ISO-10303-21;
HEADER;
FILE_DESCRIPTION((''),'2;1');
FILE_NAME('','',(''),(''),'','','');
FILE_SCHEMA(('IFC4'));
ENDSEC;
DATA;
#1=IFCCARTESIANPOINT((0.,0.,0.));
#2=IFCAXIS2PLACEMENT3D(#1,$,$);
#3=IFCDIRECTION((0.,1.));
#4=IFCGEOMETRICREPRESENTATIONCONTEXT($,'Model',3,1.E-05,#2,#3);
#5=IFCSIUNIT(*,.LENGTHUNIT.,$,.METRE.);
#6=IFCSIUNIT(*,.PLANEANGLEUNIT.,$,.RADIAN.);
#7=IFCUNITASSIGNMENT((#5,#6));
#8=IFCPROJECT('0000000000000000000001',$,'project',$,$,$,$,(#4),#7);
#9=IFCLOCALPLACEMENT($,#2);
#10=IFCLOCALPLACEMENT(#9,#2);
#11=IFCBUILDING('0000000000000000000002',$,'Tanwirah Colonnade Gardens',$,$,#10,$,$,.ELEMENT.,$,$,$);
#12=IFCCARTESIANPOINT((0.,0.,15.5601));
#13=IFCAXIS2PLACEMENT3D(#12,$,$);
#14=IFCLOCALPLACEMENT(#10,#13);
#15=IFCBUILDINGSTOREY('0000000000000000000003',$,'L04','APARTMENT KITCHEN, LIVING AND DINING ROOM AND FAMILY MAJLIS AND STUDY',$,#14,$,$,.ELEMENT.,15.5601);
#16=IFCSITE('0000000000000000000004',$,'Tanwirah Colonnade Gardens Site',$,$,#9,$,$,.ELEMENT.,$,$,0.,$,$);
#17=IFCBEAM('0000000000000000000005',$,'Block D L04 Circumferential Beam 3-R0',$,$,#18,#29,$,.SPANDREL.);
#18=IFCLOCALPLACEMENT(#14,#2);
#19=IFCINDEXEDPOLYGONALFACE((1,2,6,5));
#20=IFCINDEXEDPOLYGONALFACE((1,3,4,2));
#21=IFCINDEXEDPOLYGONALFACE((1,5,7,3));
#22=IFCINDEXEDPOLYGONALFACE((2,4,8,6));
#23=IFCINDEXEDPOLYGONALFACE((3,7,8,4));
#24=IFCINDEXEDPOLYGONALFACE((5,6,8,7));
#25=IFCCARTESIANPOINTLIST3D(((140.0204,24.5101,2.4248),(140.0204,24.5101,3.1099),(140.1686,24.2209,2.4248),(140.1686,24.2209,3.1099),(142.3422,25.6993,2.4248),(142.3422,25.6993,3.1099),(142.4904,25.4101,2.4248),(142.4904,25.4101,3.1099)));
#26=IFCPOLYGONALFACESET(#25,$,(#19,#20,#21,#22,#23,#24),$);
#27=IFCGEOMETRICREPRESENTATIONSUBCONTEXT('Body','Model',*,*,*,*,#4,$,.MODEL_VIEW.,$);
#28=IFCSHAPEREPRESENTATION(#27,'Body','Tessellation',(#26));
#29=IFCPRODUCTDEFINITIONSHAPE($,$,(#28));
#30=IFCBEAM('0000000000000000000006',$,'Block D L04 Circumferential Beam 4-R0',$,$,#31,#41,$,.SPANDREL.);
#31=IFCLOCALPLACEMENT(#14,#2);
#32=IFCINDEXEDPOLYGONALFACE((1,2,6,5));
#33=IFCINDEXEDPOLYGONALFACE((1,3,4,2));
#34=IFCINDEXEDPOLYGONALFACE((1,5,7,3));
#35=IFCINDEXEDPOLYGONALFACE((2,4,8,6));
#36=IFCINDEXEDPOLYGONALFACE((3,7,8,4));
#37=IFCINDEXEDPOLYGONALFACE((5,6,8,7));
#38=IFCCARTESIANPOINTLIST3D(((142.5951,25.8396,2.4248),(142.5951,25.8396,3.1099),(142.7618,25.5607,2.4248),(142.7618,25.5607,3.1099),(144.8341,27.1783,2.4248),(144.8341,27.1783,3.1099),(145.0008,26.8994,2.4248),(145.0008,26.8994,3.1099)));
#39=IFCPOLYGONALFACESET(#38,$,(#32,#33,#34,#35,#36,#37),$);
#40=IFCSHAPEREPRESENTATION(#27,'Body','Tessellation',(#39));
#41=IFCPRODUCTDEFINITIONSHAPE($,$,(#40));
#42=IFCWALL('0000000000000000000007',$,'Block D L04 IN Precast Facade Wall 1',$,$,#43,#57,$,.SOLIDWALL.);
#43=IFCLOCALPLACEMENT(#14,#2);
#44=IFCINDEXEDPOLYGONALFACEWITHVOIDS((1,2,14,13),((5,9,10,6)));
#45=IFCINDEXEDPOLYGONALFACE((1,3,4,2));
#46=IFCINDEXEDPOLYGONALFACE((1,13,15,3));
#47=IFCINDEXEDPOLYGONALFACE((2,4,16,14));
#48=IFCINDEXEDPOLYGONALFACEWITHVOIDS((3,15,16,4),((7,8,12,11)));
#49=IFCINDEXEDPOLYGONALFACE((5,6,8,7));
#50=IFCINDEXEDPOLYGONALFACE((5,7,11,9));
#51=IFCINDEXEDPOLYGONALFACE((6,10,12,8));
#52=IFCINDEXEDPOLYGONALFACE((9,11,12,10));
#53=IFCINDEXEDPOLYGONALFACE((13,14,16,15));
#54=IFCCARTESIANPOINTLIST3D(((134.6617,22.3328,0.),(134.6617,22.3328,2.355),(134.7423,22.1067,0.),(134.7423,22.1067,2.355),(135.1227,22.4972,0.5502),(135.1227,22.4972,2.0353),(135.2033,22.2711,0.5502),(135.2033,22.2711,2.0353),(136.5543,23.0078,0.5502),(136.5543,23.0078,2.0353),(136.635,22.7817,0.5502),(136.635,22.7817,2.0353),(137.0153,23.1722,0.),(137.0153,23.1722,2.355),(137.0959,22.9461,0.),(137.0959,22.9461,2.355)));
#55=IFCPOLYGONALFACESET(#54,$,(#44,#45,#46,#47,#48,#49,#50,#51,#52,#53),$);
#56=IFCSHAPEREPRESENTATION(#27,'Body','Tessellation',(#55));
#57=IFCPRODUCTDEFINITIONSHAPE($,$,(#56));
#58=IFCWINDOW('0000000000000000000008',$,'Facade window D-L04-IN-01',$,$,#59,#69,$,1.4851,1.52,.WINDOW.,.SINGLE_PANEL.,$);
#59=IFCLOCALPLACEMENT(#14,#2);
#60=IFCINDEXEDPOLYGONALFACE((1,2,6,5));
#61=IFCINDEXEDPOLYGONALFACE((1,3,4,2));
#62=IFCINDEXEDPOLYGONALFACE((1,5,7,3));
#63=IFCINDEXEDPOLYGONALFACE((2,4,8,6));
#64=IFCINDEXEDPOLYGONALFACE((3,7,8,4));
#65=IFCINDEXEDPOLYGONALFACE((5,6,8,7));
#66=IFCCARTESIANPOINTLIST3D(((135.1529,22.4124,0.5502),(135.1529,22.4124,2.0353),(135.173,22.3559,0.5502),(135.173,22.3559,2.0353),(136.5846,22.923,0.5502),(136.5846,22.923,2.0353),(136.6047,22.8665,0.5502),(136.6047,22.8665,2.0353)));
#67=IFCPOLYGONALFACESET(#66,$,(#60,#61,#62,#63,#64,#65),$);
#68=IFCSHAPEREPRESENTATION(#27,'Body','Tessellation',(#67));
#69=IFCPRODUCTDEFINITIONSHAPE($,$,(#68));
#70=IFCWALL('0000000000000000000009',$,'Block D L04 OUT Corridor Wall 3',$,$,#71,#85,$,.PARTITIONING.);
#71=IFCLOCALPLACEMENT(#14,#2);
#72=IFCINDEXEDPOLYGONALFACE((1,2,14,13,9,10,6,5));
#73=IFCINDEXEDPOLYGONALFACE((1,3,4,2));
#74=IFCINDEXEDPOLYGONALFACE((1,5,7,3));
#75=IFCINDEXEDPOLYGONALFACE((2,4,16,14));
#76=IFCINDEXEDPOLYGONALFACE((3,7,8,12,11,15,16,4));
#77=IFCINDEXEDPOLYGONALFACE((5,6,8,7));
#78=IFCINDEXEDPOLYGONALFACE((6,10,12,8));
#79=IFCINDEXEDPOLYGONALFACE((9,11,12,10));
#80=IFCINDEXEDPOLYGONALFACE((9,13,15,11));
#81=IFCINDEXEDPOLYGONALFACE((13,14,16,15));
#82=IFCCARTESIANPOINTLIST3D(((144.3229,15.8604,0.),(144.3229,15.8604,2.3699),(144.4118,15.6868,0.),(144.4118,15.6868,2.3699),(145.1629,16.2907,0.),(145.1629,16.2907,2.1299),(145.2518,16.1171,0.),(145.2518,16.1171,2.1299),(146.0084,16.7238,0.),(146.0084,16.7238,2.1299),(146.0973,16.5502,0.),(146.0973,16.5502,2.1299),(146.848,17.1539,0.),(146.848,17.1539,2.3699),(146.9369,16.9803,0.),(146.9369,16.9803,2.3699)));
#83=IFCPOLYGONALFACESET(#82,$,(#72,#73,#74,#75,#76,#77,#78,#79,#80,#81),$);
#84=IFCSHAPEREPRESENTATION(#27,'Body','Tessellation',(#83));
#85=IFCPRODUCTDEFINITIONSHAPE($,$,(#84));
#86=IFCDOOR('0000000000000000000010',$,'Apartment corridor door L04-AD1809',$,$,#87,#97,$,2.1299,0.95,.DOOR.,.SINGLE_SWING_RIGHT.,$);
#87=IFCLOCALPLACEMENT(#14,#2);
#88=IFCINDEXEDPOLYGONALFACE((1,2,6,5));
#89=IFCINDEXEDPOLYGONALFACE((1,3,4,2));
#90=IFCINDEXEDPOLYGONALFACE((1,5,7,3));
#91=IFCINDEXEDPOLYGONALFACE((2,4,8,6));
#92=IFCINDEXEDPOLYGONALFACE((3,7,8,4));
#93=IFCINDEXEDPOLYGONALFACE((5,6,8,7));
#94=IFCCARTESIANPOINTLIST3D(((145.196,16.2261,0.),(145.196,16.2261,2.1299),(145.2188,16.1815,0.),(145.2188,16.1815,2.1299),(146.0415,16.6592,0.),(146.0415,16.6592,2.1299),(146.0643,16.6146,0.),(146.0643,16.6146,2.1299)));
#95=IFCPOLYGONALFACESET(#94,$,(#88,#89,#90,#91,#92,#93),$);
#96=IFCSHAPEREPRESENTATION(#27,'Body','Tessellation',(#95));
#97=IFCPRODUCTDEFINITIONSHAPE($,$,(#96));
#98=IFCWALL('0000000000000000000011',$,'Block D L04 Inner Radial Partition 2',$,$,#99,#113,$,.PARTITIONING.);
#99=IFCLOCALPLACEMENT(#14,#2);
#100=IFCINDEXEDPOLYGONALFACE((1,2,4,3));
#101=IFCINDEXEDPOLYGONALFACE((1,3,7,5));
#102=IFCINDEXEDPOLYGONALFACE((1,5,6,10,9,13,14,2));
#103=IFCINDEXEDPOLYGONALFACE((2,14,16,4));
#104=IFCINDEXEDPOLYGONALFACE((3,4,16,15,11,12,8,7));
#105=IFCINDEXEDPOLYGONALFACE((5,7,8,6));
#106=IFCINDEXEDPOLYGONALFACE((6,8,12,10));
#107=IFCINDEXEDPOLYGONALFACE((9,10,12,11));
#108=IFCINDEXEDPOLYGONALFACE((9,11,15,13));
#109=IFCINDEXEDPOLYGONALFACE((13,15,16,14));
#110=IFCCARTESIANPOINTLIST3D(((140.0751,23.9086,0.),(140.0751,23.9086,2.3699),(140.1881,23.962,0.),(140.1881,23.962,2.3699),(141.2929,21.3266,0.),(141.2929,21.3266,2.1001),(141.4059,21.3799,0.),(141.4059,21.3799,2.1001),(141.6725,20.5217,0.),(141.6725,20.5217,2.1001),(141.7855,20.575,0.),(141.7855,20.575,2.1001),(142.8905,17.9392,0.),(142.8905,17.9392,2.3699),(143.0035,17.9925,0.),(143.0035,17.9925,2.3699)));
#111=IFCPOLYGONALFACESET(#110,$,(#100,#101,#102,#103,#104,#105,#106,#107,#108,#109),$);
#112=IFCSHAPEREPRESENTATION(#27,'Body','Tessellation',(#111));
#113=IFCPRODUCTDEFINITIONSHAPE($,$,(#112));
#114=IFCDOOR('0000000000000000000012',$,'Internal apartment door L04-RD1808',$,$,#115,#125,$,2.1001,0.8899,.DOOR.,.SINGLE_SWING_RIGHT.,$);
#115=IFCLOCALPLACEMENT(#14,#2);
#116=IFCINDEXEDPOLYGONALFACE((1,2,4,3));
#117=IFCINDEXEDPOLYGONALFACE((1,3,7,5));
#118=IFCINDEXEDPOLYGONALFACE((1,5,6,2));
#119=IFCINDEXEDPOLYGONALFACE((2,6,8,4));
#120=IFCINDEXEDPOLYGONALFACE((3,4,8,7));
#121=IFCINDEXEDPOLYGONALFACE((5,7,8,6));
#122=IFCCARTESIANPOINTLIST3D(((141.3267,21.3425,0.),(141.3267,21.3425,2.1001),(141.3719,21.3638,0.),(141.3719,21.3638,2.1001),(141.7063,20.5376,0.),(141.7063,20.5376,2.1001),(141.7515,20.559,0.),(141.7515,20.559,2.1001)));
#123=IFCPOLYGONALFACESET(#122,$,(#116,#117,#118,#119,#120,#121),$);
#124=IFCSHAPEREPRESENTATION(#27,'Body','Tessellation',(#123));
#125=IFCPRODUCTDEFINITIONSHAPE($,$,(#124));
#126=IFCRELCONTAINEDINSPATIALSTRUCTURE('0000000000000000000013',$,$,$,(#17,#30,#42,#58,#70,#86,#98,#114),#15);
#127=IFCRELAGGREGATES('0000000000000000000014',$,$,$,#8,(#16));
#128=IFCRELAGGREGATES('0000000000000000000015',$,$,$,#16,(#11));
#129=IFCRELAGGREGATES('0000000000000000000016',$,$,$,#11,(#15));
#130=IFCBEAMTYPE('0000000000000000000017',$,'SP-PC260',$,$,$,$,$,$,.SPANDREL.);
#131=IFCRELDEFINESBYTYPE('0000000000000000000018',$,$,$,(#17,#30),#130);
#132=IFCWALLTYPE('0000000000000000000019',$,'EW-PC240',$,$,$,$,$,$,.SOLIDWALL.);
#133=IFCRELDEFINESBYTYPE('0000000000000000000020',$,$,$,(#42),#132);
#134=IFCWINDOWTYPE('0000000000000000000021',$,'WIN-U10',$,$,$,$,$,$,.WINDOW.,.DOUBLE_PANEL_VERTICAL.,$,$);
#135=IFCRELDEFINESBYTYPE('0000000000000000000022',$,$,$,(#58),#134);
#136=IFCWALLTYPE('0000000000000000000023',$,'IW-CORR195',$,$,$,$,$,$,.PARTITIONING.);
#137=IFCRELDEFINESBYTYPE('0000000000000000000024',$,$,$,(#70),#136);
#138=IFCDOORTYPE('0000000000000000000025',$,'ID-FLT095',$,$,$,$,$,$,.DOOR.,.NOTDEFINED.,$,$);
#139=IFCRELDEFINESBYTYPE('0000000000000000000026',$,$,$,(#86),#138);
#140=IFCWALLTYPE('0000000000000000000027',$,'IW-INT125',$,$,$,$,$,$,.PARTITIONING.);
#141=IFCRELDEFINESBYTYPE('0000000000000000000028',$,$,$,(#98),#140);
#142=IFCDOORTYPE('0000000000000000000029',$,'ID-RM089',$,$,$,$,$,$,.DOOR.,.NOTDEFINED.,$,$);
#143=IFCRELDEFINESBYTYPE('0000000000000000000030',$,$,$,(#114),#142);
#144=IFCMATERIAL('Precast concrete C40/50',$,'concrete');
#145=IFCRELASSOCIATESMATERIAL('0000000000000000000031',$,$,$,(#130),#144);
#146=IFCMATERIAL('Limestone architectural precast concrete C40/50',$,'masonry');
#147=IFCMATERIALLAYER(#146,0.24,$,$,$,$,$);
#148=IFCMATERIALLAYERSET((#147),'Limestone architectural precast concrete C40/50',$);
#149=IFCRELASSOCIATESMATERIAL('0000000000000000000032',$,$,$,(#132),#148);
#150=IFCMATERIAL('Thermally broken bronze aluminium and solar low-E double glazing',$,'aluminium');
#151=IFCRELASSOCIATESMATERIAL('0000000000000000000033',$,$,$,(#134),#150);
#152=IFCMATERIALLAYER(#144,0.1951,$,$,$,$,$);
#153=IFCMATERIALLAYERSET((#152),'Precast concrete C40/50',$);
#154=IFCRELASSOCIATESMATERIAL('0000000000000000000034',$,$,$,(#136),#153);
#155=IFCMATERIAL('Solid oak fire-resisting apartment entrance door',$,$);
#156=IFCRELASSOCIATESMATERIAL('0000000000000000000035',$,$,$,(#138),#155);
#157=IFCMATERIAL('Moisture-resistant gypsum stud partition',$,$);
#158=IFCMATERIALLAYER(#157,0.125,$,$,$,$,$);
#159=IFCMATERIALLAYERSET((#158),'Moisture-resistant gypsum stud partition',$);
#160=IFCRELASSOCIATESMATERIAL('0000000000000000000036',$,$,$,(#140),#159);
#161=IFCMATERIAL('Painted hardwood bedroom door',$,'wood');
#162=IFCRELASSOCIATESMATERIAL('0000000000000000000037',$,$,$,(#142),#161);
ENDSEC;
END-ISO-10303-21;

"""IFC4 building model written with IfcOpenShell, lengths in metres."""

from ifc_helpers import new_model, si_unit, direction, frame, frame_2d, origin, origin_2d, place, context, subcontext, project, spatial, rectangle, extrude, material, layer, layer_set, material_profile, profile_set, type_object, element, fill, save


model = new_model("IFC4")

# Units and contexts
model_context = context("Model", 3, precision=1e-05, world=origin(), true_north=direction((0.0, 1.0)))
body_context = subcontext(model_context, "Body", "Model", "MODEL_VIEW")
ifc_project = project(units=[si_unit("LENGTHUNIT", "METRE"), si_unit("PLANEANGLEUNIT", "RADIAN")], contexts=[model_context])

# Site, building, storey
site_placement = place(None, origin())
site = spatial("IfcSite", under=ifc_project, at=site_placement, Name="Tanwirah Colonnade Gardens Site", CompositionType="ELEMENT", RefElevation=0.0)
building_placement = place(site_placement, origin())
building = spatial("IfcBuilding", under=site, at=building_placement, Name="Tanwirah Colonnade Gardens", CompositionType="ELEMENT")
storey_placement = place(building_placement, frame((0.0, 0.0, 15.5601)))
storey = spatial("IfcBuildingStorey", under=building, at=storey_placement, Name="L04", Description="APARTMENT KITCHEN, LIVING AND DINING ROOM AND FAMILY MAJLIS AND STUDY", CompositionType="ELEMENT", Elevation=15.5601)

# Shared definitions
ifc_material_1 = material(Name="Precast concrete C40/50", Category="concrete")

# Beams
ifc_material_profile_1 = material_profile(ifc_material_1, rectangle(XDim=0.325, YDim=0.6851, at=origin_2d()), Name="PC-SP 325x685")
ifc_profile_set_1 = profile_set([ifc_material_profile_1], Name="Precast concrete C40/50")
beam_type_1 = type_object("IfcBeamType", Name="SP-PC260", PredefinedType="SPANDREL", material=ifc_profile_set_1)
for number, where, z_axis, x_axis, name in (
    (1, (140.0945, 24.3655, 2.7673), (0.890042, 0.455878, 0.0), (-0.455878, 0.890042, 0.0), "Block D L04 Circumferential Beam 3-R0"),
    (2, (142.6785, 25.7002, 2.7673), (0.858301, 0.513146, 0.0), (-0.513146, 0.858301, 0.0), "Block D L04 Circumferential Beam 4-R0"),
):
    element("IfcBeam", number, at=place(storey_placement, frame(where, z_axis=z_axis, x_axis=x_axis)), inside=storey, type_object=beam_type_1, Name=name, PredefinedType="SPANDREL", context=body_context, shape_type="SweptSolid", body=[
        extrude(rectangle(XDim=0.325, YDim=0.6851, at=origin_2d()), origin(), (0.0, 0.0, 1.0), 2.6086),
    ])

# Wall, opening, window
ifc_material_2 = material(Name="Limestone architectural precast concrete C40/50", Category="masonry")
ifc_layer_1 = layer(ifc_material_2, 0.24)
ifc_layer_set_1 = layer_set([ifc_layer_1], Name="Limestone architectural precast concrete C40/50")
wall_type_1 = type_object("IfcWallType", Name="EW-PC240", PredefinedType="SOLIDWALL", material=ifc_layer_set_1)
wall_1_placement = place(storey_placement, frame((134.7019, 22.2197, 0.0), z_axis=(0.0, 0.0, 1.0), x_axis=(0.941892, 0.335915, 0.0)))
wall_1 = element("IfcWall", 3, at=wall_1_placement, inside=storey, type_object=wall_type_1, Name="Block D L04 IN Precast Facade Wall 1", PredefinedType="SOLIDWALL", context=body_context, shape_type="SweptSolid", body=[
    extrude(rectangle(XDim=2.4988, YDim=0.24, at=frame_2d((1.2495, 0.0))), origin(), (0.0, 0.0, 1.0), 2.355),
])
opening_1_placement = place(wall_1_placement, frame((0.4895, 0.0, 0.55)))
opening_1 = element("IfcOpeningElement", 4, at=opening_1_placement, cuts=wall_1, PredefinedType="OPENING", context=body_context, shape_type="SweptSolid", body=[
    extrude(rectangle(XDim=1.52, YDim=1.4851, at=frame_2d((0.76, 0.7427))), frame((0.0, 0.1299, 0.0), z_axis=(0.0, -1.0, 0.0), x_axis=(1.0, 0.0, 0.0)), (0.0, 0.0, 1.0), 0.26),
])
ifc_material_3 = material(Name="Thermally broken bronze aluminium and solar low-E double glazing", Category="aluminium")
window_type = type_object("IfcWindowType", Name="WIN-U10", PartitioningType="DOUBLE_PANEL_VERTICAL", PredefinedType="WINDOW", material=ifc_material_3)
window_placement = place(opening_1_placement, origin())
window = element("IfcWindow", 5, at=window_placement, inside=storey, type_object=window_type, Name="Facade window D-L04-IN-01", OverallHeight=1.4851, OverallWidth=1.52, PartitioningType="SINGLE_PANEL", PredefinedType="WINDOW", context=body_context, shape_type="SweptSolid", body=[
    extrude(rectangle(XDim=1.52, YDim=1.4851, at=frame_2d((0.76, 0.7427))), frame((0.0, 0.03, 0.0), z_axis=(0.0, -1.0, 0.0), x_axis=(1.0, 0.0, 0.0)), (0.0, 0.0, 1.0), 0.0601),
])
fill(opening_1, window)

# Walls, openings, doors
ifc_layer_2 = layer(ifc_material_1, 0.1951)
ifc_layer_set_2 = layer_set([ifc_layer_2], Name="Precast concrete C40/50")
wall_type_2 = type_object("IfcWallType", Name="IW-CORR195", PredefinedType="PARTITIONING", material=ifc_layer_set_2)
ifc_material_4 = material(Name="Solid oak fire-resisting apartment entrance door")
wall_2_placement = place(storey_placement, frame((144.3674, 15.7737, 0.0), z_axis=(0.0, 0.0, 1.0), x_axis=(0.890031, 0.455901, 0.0)))
wall_2 = element("IfcWall", 6, at=wall_2_placement, inside=storey, type_object=wall_type_2, Name="Block D L04 OUT Corridor Wall 3", PredefinedType="PARTITIONING", context=body_context, shape_type="SweptSolid", body=[
    extrude(rectangle(XDim=2.8372, YDim=0.1951, at=frame_2d((1.4185, 0.0))), origin(), (0.0, 0.0, 1.0), 2.3699),
])
opening_2_placement = place(wall_2_placement, frame((0.9436, 0.0, 0.0)))
opening_2 = element("IfcOpeningElement", 7, at=opening_2_placement, cuts=wall_2, PredefinedType="OPENING", context=body_context, shape_type="SweptSolid", body=[
    extrude(rectangle(XDim=0.95, YDim=2.1299, at=frame_2d((0.4751, 1.0649))), frame((0.0, 0.1074, 0.0), z_axis=(0.0, -1.0, 0.0), x_axis=(1.0, 0.0, 0.0)), (0.0, 0.0, 1.0), 0.2151),
])
door_type_1 = type_object("IfcDoorType", Name="ID-FLT095", OperationType="NOTDEFINED", PredefinedType="DOOR", material=ifc_material_4)
door_1_placement = place(opening_2_placement, origin())
door_1 = element("IfcDoor", 8, at=door_1_placement, inside=storey, type_object=door_type_1, Name="Apartment corridor door L04-AD1809", OperationType="SINGLE_SWING_RIGHT", OverallHeight=2.1299, OverallWidth=0.95, PredefinedType="DOOR", context=body_context, shape_type="SweptSolid", body=[
    extrude(rectangle(XDim=0.95, YDim=2.1299, at=frame_2d((0.4751, 1.0649))), frame((0.0, 0.0249, 0.0), z_axis=(0.0, -1.0, 0.0), x_axis=(1.0, 0.0, 0.0)), (0.0, 0.0, 1.0), 0.05),
])
fill(opening_2, door_1)
ifc_material_5 = material(Name="Moisture-resistant gypsum stud partition")
ifc_layer_3 = layer(ifc_material_5, 0.125)
ifc_layer_set_3 = layer_set([ifc_layer_3], Name="Moisture-resistant gypsum stud partition")
wall_type_3 = type_object("IfcWallType", Name="IW-INT125", PredefinedType="PARTITIONING", material=ifc_layer_set_3)
wall_3_placement = place(storey_placement, frame((140.1316, 23.9353, 0.0), z_axis=(0.0, 0.0, 1.0), x_axis=(0.426574, -0.904453, 0.0)))
wall_3 = element("IfcWall", 9, at=wall_3_placement, inside=storey, type_object=wall_type_3, Name="Block D L04 Inner Radial Partition 2", PredefinedType="PARTITIONING", context=body_context, shape_type="SweptSolid", body=[
    extrude(rectangle(XDim=6.6001, YDim=0.125, at=frame_2d((3.3, 0.0))), origin(), (0.0, 0.0, 1.0), 2.3699),
])
opening_3_placement = place(wall_3_placement, frame((2.855, 0.0, 0.0)))
opening_3 = element("IfcOpeningElement", 10, at=opening_3_placement, cuts=wall_3, PredefinedType="OPENING", context=body_context, shape_type="SweptSolid", body=[
    extrude(rectangle(XDim=0.8899, YDim=2.1001, at=frame_2d((0.4448, 1.05))), frame((0.0, 0.0725, 0.0), z_axis=(0.0, -1.0, 0.0), x_axis=(1.0, 0.0, 0.0)), (0.0, 0.0, 1.0), 0.145),
])
ifc_material_6 = material(Name="Painted hardwood bedroom door", Category="wood")
door_type_2 = type_object("IfcDoorType", Name="ID-RM089", OperationType="NOTDEFINED", PredefinedType="DOOR", material=ifc_material_6)
door_2_placement = place(opening_3_placement, origin())
door_2 = element("IfcDoor", 11, at=door_2_placement, inside=storey, type_object=door_type_2, Name="Internal apartment door L04-RD1808", OperationType="SINGLE_SWING_RIGHT", OverallHeight=2.1001, OverallWidth=0.8899, PredefinedType="DOOR", context=body_context, shape_type="SweptSolid", body=[
    extrude(rectangle(XDim=0.8899, YDim=2.1001, at=frame_2d((0.4448, 1.05))), frame((0.0, 0.0249, 0.0), z_axis=(0.0, -1.0, 0.0), x_axis=(1.0, 0.0, 0.0)), (0.0, 0.0, 1.0), 0.05),
])
fill(opening_3, door_2)

save(model, "model.ifc")
